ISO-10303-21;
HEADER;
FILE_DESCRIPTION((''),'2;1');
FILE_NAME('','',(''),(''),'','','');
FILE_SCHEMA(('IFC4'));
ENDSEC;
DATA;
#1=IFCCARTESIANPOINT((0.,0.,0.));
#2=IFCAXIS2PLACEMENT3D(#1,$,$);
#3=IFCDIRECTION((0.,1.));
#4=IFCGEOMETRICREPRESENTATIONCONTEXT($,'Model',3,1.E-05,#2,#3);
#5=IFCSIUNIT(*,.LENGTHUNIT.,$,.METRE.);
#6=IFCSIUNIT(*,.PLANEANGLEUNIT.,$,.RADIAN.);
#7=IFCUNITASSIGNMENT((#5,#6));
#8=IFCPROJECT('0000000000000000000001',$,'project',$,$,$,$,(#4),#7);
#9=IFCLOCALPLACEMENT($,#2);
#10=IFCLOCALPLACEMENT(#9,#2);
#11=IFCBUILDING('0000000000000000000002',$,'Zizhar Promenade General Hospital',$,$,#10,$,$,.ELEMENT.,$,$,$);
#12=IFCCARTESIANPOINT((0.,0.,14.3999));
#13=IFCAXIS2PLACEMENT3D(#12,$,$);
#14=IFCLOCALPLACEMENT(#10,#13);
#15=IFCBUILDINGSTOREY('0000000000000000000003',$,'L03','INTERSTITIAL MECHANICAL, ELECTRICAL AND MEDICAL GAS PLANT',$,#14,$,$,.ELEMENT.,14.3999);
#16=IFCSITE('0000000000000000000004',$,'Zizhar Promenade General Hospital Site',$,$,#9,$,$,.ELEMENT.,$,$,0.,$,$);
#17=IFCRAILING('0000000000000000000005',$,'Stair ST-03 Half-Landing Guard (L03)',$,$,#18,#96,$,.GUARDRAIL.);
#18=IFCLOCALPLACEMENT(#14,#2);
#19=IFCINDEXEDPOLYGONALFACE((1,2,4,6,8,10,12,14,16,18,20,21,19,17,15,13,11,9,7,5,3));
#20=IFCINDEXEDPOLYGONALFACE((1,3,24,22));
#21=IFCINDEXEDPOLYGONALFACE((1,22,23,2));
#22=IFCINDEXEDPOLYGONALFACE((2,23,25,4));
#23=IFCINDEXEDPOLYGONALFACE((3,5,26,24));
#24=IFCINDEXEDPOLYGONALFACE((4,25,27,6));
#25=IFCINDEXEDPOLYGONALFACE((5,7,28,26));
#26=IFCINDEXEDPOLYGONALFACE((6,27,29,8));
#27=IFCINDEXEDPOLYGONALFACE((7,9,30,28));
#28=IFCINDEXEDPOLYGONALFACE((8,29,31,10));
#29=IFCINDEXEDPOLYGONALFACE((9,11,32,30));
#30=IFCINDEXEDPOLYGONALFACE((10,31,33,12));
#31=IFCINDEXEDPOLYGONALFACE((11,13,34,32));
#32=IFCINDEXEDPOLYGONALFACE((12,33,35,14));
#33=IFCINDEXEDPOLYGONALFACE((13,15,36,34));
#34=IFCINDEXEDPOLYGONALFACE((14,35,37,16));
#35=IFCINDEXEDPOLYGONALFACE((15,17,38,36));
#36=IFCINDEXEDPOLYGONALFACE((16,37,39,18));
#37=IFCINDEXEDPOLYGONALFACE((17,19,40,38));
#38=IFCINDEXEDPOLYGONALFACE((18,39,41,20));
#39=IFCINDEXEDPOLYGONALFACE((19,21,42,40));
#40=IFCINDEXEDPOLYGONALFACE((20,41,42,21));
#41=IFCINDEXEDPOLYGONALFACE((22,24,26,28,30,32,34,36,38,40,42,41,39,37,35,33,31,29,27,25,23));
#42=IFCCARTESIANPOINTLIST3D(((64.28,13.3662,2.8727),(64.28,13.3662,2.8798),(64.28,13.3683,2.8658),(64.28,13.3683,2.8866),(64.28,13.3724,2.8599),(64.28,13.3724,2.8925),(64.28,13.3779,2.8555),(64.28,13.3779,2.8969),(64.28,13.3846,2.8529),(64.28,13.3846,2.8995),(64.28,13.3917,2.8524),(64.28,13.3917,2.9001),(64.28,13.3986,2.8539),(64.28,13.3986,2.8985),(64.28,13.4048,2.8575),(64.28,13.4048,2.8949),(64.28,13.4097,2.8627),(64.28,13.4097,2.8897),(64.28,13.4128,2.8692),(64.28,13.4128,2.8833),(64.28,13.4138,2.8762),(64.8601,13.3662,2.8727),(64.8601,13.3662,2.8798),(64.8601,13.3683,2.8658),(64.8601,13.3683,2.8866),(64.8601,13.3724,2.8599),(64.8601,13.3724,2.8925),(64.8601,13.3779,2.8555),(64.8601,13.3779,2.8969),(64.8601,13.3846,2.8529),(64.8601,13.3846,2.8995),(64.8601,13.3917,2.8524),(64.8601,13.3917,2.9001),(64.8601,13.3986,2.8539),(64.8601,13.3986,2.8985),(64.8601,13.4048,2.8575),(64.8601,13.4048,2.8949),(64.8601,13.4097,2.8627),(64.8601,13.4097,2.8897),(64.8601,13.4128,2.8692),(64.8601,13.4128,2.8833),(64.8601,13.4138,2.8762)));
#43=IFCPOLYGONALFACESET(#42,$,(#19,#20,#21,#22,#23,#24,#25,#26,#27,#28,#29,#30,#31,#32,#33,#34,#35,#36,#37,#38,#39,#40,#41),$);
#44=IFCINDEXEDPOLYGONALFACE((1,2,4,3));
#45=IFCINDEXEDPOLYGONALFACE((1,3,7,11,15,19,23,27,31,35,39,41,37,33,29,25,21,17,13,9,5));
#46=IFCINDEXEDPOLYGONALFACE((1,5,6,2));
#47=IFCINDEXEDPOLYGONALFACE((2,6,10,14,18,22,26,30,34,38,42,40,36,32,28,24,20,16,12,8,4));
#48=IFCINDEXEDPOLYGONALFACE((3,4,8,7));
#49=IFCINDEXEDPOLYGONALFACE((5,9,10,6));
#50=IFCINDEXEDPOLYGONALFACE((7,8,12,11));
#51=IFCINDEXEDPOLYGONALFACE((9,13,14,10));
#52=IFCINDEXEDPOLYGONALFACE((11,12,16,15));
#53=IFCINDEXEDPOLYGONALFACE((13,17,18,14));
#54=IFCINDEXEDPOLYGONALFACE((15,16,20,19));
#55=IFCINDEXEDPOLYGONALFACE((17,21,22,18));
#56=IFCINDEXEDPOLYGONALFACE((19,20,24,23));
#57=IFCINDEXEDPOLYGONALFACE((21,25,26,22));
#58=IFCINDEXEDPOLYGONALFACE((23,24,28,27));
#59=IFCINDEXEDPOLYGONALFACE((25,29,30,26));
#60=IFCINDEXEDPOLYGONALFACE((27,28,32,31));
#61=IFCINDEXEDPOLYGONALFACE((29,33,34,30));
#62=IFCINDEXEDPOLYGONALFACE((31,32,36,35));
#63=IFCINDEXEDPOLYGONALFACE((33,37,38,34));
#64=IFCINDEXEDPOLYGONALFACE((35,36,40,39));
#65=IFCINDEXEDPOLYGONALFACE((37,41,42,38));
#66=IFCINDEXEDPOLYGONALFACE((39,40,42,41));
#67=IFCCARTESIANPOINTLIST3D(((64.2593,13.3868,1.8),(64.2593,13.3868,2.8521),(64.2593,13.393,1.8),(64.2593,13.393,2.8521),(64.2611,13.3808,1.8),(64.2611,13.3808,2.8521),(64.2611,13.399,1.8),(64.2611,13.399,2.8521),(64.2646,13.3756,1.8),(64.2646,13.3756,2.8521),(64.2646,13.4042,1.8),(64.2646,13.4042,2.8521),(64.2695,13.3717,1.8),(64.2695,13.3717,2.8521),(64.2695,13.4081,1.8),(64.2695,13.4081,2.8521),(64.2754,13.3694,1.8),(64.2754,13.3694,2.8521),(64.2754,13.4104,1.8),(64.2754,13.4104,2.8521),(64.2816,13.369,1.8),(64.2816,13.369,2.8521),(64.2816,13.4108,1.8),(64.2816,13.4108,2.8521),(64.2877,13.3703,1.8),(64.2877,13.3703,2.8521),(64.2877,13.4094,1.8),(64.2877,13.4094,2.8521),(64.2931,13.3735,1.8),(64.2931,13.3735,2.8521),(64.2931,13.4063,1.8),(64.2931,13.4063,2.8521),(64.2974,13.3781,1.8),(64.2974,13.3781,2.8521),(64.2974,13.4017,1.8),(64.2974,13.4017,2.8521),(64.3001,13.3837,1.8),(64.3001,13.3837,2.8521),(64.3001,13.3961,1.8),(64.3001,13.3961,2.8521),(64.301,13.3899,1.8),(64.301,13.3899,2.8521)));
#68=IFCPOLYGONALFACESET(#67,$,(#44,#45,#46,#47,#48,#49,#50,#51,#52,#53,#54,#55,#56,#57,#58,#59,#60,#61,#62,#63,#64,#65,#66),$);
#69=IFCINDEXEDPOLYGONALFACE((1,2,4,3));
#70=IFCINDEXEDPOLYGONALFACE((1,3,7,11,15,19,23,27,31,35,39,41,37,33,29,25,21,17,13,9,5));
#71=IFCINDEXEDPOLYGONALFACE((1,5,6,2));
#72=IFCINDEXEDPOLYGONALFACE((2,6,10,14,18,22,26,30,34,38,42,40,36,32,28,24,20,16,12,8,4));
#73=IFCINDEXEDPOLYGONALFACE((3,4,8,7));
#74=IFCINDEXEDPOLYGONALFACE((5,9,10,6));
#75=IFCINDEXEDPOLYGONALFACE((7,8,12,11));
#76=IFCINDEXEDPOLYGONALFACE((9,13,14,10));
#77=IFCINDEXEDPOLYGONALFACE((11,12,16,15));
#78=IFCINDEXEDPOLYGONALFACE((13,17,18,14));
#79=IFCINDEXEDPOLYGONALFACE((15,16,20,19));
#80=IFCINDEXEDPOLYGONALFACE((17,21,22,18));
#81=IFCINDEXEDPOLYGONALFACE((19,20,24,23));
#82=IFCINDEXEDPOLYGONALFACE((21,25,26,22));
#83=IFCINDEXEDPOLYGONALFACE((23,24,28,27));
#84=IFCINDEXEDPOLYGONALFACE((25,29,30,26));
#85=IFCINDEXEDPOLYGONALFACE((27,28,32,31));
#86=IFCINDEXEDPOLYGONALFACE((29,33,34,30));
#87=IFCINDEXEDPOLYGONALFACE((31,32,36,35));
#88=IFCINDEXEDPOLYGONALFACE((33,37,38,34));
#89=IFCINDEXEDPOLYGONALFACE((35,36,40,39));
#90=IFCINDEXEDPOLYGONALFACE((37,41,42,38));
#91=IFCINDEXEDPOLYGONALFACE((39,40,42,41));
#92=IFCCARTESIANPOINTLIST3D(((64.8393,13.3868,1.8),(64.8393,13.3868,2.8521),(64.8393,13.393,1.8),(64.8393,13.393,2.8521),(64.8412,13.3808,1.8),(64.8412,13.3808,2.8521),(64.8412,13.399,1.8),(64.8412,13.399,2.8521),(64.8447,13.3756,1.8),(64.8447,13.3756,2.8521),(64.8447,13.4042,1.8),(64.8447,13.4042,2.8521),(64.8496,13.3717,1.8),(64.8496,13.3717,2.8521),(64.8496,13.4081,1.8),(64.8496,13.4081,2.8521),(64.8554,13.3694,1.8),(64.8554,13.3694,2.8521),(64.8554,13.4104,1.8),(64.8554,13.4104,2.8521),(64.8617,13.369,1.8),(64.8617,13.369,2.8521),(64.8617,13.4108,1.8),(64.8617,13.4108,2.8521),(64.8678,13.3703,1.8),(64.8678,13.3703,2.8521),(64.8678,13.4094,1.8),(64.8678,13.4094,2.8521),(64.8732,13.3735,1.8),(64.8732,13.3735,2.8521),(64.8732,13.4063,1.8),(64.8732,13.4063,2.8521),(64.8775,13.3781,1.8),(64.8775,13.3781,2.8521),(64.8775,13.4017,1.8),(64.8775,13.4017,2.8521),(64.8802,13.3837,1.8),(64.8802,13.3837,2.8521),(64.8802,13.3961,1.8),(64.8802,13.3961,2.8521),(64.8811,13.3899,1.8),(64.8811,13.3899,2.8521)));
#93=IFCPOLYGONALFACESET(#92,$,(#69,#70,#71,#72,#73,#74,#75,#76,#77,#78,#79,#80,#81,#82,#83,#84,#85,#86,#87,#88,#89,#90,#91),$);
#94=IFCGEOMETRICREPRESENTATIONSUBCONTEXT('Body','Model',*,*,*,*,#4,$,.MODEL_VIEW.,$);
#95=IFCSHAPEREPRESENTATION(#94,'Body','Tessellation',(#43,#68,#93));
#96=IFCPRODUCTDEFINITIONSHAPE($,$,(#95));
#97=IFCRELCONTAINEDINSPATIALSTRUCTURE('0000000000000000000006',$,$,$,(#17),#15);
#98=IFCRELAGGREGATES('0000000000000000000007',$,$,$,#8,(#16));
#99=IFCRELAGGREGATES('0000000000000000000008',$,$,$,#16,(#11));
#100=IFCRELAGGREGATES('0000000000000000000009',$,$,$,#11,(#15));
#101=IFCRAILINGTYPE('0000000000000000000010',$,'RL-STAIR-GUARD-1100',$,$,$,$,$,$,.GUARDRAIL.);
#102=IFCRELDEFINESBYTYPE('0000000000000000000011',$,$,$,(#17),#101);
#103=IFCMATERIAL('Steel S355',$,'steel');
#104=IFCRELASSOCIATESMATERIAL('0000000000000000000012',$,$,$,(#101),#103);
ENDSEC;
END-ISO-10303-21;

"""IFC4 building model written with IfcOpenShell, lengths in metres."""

from ifc_helpers import new_model, si_unit, direction, frame, origin, origin_2d, place, context, subcontext, project, spatial, circle, hollow_circle, extrude, material, material_profile, profile_set, type_object, element, save


model = new_model("IFC4")

# Units and contexts
model_context = context("Model", 3, precision=1e-05, world=origin(), true_north=direction((0.0, 1.0)))
body_context = subcontext(model_context, "Body", "Model", "MODEL_VIEW")
ifc_project = project(units=[si_unit("LENGTHUNIT", "METRE"), si_unit("PLANEANGLEUNIT", "RADIAN")], contexts=[model_context])

# Site, building, storey
site_placement = place(None, origin())
site = spatial("IfcSite", under=ifc_project, at=site_placement, Name="Zizhar Promenade General Hospital Site", CompositionType="ELEMENT", RefElevation=0.0)
building_placement = place(site_placement, origin())
building = spatial("IfcBuilding", under=site, at=building_placement, Name="Zizhar Promenade General Hospital", CompositionType="ELEMENT")
storey_placement = place(building_placement, frame((0.0, 0.0, 14.3999)))
storey = spatial("IfcBuildingStorey", under=building, at=storey_placement, Name="L03", Description="INTERSTITIAL MECHANICAL, ELECTRICAL AND MEDICAL GAS PLANT", CompositionType="ELEMENT", Elevation=14.3999)

# Railing
ifc_material_1 = material(Name="Steel S355", Category="steel")
ifc_material_profile_1 = material_profile(ifc_material_1, hollow_circle(Radius=0.0698, WallThickness=0.0063, at=origin_2d()))
ifc_profile_set_1 = profile_set([ifc_material_profile_1], Name="Steel S355")
railing_type_1 = type_object("IfcRailingType", Name="RL-STAIR-GUARD-1100", PredefinedType="GUARDRAIL", material=ifc_profile_set_1)
railing_1_placement = place(storey_placement, frame((64.28, 13.3899, 1.8)))
element("IfcRailing", 1, at=railing_1_placement, inside=storey, type_object=railing_type_1, Name="Stair ST-03 Half-Landing Guard (L03)", PredefinedType="GUARDRAIL", context=body_context, shape_type="SweptSolid", body=[
    extrude(circle(Radius=0.0239, at=origin_2d()), frame((0.0, 0.0, 1.0762), z_axis=(1.0, 0.0, 0.0), x_axis=(0.0, 1.0, 0.0)), (0.0, 0.0, 1.0), 0.5801),
    extrude(circle(Radius=0.021, at=origin_2d()), origin(), (0.0, 0.0, 1.0), 1.052),
    extrude(circle(Radius=0.021, at=origin_2d()), frame((0.5801, 0.0, 0.0)), (0.0, 0.0, 1.0), 1.052),
])

save(model, "model.ifc")
